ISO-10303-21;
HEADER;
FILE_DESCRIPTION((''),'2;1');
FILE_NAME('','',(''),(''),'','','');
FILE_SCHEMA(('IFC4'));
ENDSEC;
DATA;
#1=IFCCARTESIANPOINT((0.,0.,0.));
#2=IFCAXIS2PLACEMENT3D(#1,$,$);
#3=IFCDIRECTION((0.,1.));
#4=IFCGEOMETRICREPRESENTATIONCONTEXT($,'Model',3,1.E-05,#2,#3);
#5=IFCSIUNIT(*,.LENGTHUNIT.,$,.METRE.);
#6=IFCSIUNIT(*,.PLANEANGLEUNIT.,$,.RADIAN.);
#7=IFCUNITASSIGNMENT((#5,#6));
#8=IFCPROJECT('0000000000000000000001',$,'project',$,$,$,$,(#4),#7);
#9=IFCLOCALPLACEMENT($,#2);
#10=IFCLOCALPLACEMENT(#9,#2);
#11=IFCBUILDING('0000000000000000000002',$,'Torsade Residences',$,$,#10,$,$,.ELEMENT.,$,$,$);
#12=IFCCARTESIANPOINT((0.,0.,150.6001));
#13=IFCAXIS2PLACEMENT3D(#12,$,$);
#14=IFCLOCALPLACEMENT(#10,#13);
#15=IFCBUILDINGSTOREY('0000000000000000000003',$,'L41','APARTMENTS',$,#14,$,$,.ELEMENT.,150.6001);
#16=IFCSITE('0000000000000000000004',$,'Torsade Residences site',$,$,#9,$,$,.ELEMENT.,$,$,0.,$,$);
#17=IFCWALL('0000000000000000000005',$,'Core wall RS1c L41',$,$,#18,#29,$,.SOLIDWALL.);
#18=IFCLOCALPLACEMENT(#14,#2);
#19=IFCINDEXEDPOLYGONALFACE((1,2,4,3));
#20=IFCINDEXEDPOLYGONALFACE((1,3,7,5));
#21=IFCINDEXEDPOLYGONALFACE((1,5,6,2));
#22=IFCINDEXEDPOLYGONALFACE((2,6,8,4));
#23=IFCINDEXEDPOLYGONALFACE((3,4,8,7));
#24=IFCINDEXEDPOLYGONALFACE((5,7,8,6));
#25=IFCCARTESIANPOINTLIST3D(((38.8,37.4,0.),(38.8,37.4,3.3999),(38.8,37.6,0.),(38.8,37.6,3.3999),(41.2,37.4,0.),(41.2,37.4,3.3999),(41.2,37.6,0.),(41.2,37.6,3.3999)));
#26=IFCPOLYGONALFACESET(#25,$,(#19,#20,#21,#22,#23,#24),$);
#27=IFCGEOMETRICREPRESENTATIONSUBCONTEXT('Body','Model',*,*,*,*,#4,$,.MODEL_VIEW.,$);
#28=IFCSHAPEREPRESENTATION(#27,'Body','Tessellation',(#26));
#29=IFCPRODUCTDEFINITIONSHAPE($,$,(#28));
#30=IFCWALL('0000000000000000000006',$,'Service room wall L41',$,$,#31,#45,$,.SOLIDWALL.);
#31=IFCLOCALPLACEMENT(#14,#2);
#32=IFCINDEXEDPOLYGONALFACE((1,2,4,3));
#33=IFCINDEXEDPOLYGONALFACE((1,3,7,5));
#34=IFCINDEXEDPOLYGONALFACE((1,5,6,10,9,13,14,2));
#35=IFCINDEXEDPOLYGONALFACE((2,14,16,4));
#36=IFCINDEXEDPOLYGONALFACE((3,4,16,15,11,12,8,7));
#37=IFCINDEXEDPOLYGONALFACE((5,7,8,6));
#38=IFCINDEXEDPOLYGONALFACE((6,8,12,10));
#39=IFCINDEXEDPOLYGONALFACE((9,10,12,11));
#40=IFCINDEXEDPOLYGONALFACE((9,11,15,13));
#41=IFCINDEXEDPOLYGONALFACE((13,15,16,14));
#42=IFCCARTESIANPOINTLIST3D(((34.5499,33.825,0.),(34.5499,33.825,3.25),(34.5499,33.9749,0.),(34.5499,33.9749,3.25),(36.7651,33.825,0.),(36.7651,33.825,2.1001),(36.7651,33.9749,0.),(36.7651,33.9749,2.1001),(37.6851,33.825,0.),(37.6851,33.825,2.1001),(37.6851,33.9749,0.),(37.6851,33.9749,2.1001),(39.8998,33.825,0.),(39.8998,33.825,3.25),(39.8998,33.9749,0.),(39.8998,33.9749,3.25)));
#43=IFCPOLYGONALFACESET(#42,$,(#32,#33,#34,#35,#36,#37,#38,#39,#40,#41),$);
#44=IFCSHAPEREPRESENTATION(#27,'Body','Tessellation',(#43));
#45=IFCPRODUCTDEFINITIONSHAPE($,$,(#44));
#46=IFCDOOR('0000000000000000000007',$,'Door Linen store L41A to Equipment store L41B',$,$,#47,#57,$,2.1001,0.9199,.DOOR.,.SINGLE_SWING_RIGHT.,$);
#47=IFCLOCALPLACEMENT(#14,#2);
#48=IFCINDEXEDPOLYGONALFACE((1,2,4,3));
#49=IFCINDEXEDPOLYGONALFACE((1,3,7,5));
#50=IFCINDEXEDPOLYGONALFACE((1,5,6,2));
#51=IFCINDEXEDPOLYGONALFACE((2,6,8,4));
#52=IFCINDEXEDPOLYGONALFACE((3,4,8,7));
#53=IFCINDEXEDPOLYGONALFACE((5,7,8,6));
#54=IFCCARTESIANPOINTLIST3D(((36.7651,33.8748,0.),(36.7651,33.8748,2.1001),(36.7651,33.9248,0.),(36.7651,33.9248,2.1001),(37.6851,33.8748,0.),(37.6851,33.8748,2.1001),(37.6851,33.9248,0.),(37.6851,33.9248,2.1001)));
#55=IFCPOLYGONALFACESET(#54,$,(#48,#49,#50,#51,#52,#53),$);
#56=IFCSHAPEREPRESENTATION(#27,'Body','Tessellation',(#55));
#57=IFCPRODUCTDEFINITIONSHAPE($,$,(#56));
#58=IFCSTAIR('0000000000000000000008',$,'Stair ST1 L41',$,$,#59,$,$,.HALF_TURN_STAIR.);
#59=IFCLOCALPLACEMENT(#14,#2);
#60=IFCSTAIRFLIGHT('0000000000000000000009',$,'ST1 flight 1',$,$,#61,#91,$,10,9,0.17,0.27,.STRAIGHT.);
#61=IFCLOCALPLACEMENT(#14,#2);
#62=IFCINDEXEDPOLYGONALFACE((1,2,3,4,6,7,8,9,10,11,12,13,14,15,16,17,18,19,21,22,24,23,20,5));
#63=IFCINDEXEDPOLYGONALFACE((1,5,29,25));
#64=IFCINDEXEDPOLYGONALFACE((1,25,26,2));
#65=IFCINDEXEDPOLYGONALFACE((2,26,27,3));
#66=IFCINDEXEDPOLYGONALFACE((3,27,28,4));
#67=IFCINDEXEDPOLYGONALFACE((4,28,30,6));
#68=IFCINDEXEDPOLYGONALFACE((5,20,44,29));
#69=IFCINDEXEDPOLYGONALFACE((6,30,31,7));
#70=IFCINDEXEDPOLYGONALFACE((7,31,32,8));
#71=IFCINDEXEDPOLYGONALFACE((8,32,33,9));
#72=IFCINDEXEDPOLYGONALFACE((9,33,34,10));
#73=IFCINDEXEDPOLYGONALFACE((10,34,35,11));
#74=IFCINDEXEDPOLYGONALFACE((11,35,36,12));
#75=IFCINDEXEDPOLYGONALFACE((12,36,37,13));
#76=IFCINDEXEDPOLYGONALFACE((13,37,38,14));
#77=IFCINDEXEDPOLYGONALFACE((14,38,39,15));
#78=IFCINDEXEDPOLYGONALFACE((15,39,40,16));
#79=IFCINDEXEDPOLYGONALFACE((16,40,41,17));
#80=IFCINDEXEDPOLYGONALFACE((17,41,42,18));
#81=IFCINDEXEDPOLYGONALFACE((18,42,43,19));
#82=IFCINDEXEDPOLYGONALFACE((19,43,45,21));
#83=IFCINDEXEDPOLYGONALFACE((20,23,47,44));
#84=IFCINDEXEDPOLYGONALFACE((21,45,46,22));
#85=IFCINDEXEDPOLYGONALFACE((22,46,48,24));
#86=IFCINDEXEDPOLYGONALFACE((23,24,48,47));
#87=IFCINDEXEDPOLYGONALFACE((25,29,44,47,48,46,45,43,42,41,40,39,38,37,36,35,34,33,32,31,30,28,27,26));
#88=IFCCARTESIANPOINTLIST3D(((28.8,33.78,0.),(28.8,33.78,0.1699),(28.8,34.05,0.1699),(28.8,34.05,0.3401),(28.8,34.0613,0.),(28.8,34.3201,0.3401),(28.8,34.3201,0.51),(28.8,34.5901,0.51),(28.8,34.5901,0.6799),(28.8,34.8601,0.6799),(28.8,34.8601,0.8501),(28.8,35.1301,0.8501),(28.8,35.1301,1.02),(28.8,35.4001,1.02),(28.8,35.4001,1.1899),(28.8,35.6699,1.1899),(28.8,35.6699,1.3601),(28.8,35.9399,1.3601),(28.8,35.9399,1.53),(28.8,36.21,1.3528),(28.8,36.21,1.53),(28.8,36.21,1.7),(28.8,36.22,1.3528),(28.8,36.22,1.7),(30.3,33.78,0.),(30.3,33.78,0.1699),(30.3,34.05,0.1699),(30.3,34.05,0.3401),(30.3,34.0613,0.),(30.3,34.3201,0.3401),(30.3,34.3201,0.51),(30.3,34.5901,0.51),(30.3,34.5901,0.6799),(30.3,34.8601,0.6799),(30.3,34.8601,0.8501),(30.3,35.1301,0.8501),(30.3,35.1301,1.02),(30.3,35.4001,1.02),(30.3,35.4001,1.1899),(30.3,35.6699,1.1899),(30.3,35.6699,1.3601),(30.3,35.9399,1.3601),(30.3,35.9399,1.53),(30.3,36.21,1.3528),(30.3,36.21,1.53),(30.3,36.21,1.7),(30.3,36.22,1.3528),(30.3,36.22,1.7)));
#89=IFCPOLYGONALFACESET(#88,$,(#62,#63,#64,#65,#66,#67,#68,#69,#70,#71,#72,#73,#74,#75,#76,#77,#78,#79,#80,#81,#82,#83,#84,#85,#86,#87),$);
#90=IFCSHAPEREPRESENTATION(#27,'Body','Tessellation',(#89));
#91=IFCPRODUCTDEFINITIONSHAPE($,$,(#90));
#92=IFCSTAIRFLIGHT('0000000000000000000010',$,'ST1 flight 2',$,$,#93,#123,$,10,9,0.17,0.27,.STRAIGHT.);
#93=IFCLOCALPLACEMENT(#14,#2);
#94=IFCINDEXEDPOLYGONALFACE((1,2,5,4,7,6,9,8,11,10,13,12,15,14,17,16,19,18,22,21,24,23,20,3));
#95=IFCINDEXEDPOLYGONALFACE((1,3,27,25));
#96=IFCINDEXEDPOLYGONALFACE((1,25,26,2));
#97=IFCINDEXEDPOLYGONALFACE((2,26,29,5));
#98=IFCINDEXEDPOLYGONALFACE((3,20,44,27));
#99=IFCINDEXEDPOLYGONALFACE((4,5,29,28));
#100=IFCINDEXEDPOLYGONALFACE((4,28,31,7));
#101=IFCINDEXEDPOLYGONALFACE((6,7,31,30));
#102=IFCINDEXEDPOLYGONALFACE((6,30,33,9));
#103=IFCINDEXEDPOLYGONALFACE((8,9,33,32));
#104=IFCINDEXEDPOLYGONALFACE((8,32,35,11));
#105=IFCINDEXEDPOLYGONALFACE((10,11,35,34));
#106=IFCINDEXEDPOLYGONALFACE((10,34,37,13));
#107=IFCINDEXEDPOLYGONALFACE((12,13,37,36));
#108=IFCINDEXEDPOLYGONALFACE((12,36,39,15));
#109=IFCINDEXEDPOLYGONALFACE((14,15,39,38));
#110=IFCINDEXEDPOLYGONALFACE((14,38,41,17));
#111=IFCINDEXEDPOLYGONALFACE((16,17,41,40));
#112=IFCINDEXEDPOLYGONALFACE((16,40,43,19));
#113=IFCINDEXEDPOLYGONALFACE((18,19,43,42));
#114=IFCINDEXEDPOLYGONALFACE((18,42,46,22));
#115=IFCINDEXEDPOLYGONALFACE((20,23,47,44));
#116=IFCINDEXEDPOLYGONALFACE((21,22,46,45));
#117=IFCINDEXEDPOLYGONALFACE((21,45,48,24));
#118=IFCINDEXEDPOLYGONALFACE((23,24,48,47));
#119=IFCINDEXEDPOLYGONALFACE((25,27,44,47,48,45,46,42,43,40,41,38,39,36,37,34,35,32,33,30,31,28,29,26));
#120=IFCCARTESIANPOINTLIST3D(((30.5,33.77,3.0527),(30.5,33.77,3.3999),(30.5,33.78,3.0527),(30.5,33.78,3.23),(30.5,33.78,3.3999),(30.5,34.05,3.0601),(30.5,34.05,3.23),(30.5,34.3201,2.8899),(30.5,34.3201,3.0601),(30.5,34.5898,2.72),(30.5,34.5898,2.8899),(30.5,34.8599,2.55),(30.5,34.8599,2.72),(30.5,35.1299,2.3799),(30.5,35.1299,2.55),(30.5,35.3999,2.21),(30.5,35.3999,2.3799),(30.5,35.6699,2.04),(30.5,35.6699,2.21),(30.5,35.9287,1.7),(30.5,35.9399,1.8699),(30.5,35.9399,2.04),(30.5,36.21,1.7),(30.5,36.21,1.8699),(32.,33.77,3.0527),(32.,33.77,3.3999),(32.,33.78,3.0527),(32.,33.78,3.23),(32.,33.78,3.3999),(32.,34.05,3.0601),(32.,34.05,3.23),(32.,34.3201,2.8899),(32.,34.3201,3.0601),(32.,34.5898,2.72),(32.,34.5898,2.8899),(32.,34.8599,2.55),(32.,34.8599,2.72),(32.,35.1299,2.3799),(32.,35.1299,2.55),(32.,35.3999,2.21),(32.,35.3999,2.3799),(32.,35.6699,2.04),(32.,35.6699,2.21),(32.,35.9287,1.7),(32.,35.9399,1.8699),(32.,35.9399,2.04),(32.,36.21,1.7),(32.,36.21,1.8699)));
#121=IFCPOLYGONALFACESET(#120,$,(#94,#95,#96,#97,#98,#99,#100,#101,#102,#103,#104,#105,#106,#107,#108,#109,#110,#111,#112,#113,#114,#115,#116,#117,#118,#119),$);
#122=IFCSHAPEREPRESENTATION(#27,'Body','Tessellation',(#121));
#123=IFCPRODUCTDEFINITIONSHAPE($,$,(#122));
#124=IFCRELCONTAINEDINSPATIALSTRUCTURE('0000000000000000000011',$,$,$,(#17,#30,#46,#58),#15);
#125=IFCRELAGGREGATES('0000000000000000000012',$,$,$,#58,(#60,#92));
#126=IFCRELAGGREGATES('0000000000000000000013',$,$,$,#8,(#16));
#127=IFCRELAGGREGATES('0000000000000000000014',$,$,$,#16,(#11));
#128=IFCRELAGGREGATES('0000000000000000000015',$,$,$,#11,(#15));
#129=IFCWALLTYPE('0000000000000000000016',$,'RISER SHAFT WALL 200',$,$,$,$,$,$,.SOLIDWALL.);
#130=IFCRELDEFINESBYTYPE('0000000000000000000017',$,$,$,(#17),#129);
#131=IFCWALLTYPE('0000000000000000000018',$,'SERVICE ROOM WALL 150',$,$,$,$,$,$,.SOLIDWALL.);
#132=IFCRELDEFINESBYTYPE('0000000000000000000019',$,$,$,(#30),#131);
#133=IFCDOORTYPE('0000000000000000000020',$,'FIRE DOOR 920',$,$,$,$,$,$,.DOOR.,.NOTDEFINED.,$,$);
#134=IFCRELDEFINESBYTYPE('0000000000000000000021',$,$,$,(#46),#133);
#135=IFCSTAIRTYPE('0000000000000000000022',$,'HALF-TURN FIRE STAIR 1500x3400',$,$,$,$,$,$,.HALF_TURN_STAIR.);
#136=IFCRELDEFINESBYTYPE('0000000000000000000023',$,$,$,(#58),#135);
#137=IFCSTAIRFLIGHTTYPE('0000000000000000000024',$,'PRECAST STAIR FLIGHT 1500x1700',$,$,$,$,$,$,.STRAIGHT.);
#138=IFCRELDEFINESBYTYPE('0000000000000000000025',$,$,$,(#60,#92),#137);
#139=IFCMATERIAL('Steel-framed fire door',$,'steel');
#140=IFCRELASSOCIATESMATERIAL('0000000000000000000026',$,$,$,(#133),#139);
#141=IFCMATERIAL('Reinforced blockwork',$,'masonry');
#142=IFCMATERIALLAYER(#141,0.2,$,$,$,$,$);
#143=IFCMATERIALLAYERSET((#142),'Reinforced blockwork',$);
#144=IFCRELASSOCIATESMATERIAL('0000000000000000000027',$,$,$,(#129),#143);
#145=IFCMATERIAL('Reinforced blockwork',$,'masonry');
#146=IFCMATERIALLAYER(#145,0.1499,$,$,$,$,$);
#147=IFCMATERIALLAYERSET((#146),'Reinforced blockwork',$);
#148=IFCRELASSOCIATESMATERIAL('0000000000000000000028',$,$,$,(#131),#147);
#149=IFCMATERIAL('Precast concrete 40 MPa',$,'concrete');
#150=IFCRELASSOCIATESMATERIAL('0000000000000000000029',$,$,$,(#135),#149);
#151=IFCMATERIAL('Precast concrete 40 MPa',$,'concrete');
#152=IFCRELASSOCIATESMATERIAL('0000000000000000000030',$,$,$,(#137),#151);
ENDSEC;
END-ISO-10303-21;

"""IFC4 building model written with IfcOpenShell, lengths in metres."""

from ifc_helpers import new_model, si_unit, direction, frame, frame_2d, origin, place, context, subcontext, project, spatial, polyline, rectangle, outline, extrude, material, layer, layer_set, type_object, element, fill, aggregate, save


model = new_model("IFC4")

# Units and contexts
model_context = context("Model", 3, precision=1e-05, world=origin(), true_north=direction((0.0, 1.0)))
body_context = subcontext(model_context, "Body", "Model", "MODEL_VIEW")
ifc_project = project(units=[si_unit("LENGTHUNIT", "METRE"), si_unit("PLANEANGLEUNIT", "RADIAN")], contexts=[model_context])

# Site, building, storey
site_placement = place(None, origin())
site = spatial("IfcSite", under=ifc_project, at=site_placement, Name="Torsade Residences site", CompositionType="ELEMENT", RefElevation=0.0)
building_placement = place(site_placement, origin())
building = spatial("IfcBuilding", under=site, at=building_placement, Name="Torsade Residences", CompositionType="ELEMENT")
storey_placement = place(building_placement, frame((0.0, 0.0, 150.6001)))
storey = spatial("IfcBuildingStorey", under=building, at=storey_placement, Name="L41", Description="APARTMENTS", CompositionType="ELEMENT", Elevation=150.6001)

# Shared definitions
ifc_material_1 = material(Name="Steel-framed fire door", Category="steel")
door_type_1 = type_object("IfcDoorType", Name="FIRE DOOR 920", OperationType="NOTDEFINED", PredefinedType="DOOR", material=ifc_material_1)

# Wall
ifc_material_2 = material(Name="Reinforced blockwork", Category="masonry")
ifc_layer_1 = layer(ifc_material_2, 0.2)
ifc_layer_set_1 = layer_set([ifc_layer_1], Name="Reinforced blockwork")
wall_type_1 = type_object("IfcWallType", Name="RISER SHAFT WALL 200", PredefinedType="SOLIDWALL", material=ifc_layer_set_1)
wall_1_placement = place(storey_placement, frame((38.8, 37.5, 0.0), z_axis=(0.0, 0.0, 1.0), x_axis=(1.0, 0.0, 0.0)))
element("IfcWall", 1, at=wall_1_placement, inside=storey, type_object=wall_type_1, Name="Core wall RS1c L41", PredefinedType="SOLIDWALL", context=body_context, shape_type="SweptSolid", body=[
    extrude(rectangle(XDim=2.3999, YDim=0.2, at=frame_2d((1.2, 0.0))), origin(), (0.0, 0.0, 1.0), 3.3999),
])

# Wall, opening, door
ifc_material_3 = material(Name="Reinforced blockwork", Category="masonry")
ifc_layer_2 = layer(ifc_material_3, 0.1499)
ifc_layer_set_2 = layer_set([ifc_layer_2], Name="Reinforced blockwork")
wall_type_2 = type_object("IfcWallType", Name="SERVICE ROOM WALL 150", PredefinedType="SOLIDWALL", material=ifc_layer_set_2)
wall_2_placement = place(storey_placement, frame((34.55, 33.8999, 0.0), z_axis=(0.0, 0.0, 1.0), x_axis=(1.0, 0.0, 0.0)))
wall_2 = element("IfcWall", 2, at=wall_2_placement, inside=storey, type_object=wall_type_2, Name="Service room wall L41", PredefinedType="SOLIDWALL", context=body_context, shape_type="SweptSolid", body=[
    extrude(rectangle(XDim=5.3499, YDim=0.1499, at=frame_2d((2.6748, 0.0))), origin(), (0.0, 0.0, 1.0), 3.25),
])
opening_1_placement = place(wall_2_placement, frame((2.2151, 0.0, 0.0)))
opening_1 = element("IfcOpeningElement", 3, at=opening_1_placement, cuts=wall_2, PredefinedType="OPENING", context=body_context, shape_type="SweptSolid", body=[
    extrude(rectangle(XDim=0.9199, YDim=2.1001, at=frame_2d((0.46, 1.05))), frame((0.0, 0.085, 0.0), z_axis=(0.0, -1.0, 0.0), x_axis=(1.0, 0.0, 0.0)), (0.0, 0.0, 1.0), 0.1699),
])
door_1_placement = place(opening_1_placement, origin())
door_1 = element("IfcDoor", 4, at=door_1_placement, inside=storey, type_object=door_type_1, Name="Door Linen store L41A to Equipment store L41B", OperationType="SINGLE_SWING_RIGHT", OverallHeight=2.1001, OverallWidth=0.9199, PredefinedType="DOOR", context=body_context, shape_type="SweptSolid", body=[
    extrude(rectangle(XDim=0.9199, YDim=2.1001, at=frame_2d((0.46, 1.05))), frame((0.0, 0.0249, 0.0), z_axis=(0.0, -1.0, 0.0), x_axis=(1.0, 0.0, 0.0)), (0.0, 0.0, 1.0), 0.05),
])
fill(opening_1, door_1)

# Stair, stair flights
ifc_material_4 = material(Name="Precast concrete 40 MPa", Category="concrete")
stair_type = type_object("IfcStairType", Name="HALF-TURN FIRE STAIR 1500x3400", PredefinedType="HALF_TURN_STAIR", material=ifc_material_4)
stair_placement = place(storey_placement, origin())
stair = element("IfcStair", 5, at=stair_placement, inside=storey, type_object=stair_type, Name="Stair ST1 L41", PredefinedType="HALF_TURN_STAIR")
ifc_material_5 = material(Name="Precast concrete 40 MPa", Category="concrete")
stair_flight_type = type_object("IfcStairFlightType", Name="PRECAST STAIR FLIGHT 1500x1700", PredefinedType="STRAIGHT", material=ifc_material_5)
stair_flight_1_placement = place(storey_placement, frame((29.55, 33.78, 0.0), z_axis=(0.0, 0.0, 1.0), x_axis=(0.0, 1.0, 0.0)))
stair_flight_1 = element("IfcStairFlight", 6, at=stair_flight_1_placement, type_object=stair_flight_type, Name="ST1 flight 1", NumberOfRisers=10, NumberOfTreads=9, PredefinedType="STRAIGHT", RiserHeight=0.17, TreadLength=0.27, context=body_context, shape_type="SweptSolid", body=[
    extrude(outline(polyline([(0.0, 0.0), (0.0, 0.1699), (0.27, 0.1699), (0.27, 0.3401), (0.54, 0.3401), (0.54, 0.51), (0.8101, 0.51), (0.8101, 0.6799), (1.0801, 0.6799), (1.0801, 0.8501), (1.3501, 0.8501), (1.3501, 1.02), (1.6201, 1.02), (1.6201, 1.1899), (1.8899, 1.1899), (1.8899, 1.3601), (2.1599, 1.3601), (2.1599, 1.53), (2.4299, 1.53), (2.4299, 1.7), (2.4399, 1.7), (2.4399, 1.3528), (2.4299, 1.3528), (0.2812, 0.0), (0.0, 0.0)])), frame((0.0, 0.75, 0.0), z_axis=(0.0, -1.0, 0.0), x_axis=(1.0, 0.0, 0.0)), (0.0, 0.0, 1.0), 1.5),
])
stair_flight_2_placement = place(storey_placement, frame((31.25, 36.21, 1.7), z_axis=(0.0, 0.0, 1.0), x_axis=(0.0, -1.0, 0.0)))
stair_flight_2 = element("IfcStairFlight", 7, at=stair_flight_2_placement, type_object=stair_flight_type, Name="ST1 flight 2", NumberOfRisers=10, NumberOfTreads=9, PredefinedType="STRAIGHT", RiserHeight=0.17, TreadLength=0.27, context=body_context, shape_type="SweptSolid", body=[
    extrude(outline(polyline([(0.0, 0.0), (0.0, 0.1699), (0.27, 0.1699), (0.27, 0.3401), (0.54, 0.3401), (0.54, 0.51), (0.8101, 0.51), (0.8101, 0.6799), (1.0801, 0.6799), (1.0801, 0.8501), (1.3501, 0.8501), (1.3501, 1.02), (1.6201, 1.02), (1.6201, 1.1899), (1.8899, 1.1899), (1.8899, 1.3601), (2.1599, 1.3601), (2.1599, 1.53), (2.4299, 1.53), (2.4299, 1.7), (2.4399, 1.7), (2.4399, 1.3528), (2.4299, 1.3528), (0.2812, 0.0), (0.0, 0.0)])), frame((0.0, 0.75, 0.0), z_axis=(0.0, -1.0, 0.0), x_axis=(1.0, 0.0, 0.0)), (0.0, 0.0, 1.0), 1.5),
])
aggregate(stair, [stair_flight_1, stair_flight_2])

save(model, "model.ifc")
